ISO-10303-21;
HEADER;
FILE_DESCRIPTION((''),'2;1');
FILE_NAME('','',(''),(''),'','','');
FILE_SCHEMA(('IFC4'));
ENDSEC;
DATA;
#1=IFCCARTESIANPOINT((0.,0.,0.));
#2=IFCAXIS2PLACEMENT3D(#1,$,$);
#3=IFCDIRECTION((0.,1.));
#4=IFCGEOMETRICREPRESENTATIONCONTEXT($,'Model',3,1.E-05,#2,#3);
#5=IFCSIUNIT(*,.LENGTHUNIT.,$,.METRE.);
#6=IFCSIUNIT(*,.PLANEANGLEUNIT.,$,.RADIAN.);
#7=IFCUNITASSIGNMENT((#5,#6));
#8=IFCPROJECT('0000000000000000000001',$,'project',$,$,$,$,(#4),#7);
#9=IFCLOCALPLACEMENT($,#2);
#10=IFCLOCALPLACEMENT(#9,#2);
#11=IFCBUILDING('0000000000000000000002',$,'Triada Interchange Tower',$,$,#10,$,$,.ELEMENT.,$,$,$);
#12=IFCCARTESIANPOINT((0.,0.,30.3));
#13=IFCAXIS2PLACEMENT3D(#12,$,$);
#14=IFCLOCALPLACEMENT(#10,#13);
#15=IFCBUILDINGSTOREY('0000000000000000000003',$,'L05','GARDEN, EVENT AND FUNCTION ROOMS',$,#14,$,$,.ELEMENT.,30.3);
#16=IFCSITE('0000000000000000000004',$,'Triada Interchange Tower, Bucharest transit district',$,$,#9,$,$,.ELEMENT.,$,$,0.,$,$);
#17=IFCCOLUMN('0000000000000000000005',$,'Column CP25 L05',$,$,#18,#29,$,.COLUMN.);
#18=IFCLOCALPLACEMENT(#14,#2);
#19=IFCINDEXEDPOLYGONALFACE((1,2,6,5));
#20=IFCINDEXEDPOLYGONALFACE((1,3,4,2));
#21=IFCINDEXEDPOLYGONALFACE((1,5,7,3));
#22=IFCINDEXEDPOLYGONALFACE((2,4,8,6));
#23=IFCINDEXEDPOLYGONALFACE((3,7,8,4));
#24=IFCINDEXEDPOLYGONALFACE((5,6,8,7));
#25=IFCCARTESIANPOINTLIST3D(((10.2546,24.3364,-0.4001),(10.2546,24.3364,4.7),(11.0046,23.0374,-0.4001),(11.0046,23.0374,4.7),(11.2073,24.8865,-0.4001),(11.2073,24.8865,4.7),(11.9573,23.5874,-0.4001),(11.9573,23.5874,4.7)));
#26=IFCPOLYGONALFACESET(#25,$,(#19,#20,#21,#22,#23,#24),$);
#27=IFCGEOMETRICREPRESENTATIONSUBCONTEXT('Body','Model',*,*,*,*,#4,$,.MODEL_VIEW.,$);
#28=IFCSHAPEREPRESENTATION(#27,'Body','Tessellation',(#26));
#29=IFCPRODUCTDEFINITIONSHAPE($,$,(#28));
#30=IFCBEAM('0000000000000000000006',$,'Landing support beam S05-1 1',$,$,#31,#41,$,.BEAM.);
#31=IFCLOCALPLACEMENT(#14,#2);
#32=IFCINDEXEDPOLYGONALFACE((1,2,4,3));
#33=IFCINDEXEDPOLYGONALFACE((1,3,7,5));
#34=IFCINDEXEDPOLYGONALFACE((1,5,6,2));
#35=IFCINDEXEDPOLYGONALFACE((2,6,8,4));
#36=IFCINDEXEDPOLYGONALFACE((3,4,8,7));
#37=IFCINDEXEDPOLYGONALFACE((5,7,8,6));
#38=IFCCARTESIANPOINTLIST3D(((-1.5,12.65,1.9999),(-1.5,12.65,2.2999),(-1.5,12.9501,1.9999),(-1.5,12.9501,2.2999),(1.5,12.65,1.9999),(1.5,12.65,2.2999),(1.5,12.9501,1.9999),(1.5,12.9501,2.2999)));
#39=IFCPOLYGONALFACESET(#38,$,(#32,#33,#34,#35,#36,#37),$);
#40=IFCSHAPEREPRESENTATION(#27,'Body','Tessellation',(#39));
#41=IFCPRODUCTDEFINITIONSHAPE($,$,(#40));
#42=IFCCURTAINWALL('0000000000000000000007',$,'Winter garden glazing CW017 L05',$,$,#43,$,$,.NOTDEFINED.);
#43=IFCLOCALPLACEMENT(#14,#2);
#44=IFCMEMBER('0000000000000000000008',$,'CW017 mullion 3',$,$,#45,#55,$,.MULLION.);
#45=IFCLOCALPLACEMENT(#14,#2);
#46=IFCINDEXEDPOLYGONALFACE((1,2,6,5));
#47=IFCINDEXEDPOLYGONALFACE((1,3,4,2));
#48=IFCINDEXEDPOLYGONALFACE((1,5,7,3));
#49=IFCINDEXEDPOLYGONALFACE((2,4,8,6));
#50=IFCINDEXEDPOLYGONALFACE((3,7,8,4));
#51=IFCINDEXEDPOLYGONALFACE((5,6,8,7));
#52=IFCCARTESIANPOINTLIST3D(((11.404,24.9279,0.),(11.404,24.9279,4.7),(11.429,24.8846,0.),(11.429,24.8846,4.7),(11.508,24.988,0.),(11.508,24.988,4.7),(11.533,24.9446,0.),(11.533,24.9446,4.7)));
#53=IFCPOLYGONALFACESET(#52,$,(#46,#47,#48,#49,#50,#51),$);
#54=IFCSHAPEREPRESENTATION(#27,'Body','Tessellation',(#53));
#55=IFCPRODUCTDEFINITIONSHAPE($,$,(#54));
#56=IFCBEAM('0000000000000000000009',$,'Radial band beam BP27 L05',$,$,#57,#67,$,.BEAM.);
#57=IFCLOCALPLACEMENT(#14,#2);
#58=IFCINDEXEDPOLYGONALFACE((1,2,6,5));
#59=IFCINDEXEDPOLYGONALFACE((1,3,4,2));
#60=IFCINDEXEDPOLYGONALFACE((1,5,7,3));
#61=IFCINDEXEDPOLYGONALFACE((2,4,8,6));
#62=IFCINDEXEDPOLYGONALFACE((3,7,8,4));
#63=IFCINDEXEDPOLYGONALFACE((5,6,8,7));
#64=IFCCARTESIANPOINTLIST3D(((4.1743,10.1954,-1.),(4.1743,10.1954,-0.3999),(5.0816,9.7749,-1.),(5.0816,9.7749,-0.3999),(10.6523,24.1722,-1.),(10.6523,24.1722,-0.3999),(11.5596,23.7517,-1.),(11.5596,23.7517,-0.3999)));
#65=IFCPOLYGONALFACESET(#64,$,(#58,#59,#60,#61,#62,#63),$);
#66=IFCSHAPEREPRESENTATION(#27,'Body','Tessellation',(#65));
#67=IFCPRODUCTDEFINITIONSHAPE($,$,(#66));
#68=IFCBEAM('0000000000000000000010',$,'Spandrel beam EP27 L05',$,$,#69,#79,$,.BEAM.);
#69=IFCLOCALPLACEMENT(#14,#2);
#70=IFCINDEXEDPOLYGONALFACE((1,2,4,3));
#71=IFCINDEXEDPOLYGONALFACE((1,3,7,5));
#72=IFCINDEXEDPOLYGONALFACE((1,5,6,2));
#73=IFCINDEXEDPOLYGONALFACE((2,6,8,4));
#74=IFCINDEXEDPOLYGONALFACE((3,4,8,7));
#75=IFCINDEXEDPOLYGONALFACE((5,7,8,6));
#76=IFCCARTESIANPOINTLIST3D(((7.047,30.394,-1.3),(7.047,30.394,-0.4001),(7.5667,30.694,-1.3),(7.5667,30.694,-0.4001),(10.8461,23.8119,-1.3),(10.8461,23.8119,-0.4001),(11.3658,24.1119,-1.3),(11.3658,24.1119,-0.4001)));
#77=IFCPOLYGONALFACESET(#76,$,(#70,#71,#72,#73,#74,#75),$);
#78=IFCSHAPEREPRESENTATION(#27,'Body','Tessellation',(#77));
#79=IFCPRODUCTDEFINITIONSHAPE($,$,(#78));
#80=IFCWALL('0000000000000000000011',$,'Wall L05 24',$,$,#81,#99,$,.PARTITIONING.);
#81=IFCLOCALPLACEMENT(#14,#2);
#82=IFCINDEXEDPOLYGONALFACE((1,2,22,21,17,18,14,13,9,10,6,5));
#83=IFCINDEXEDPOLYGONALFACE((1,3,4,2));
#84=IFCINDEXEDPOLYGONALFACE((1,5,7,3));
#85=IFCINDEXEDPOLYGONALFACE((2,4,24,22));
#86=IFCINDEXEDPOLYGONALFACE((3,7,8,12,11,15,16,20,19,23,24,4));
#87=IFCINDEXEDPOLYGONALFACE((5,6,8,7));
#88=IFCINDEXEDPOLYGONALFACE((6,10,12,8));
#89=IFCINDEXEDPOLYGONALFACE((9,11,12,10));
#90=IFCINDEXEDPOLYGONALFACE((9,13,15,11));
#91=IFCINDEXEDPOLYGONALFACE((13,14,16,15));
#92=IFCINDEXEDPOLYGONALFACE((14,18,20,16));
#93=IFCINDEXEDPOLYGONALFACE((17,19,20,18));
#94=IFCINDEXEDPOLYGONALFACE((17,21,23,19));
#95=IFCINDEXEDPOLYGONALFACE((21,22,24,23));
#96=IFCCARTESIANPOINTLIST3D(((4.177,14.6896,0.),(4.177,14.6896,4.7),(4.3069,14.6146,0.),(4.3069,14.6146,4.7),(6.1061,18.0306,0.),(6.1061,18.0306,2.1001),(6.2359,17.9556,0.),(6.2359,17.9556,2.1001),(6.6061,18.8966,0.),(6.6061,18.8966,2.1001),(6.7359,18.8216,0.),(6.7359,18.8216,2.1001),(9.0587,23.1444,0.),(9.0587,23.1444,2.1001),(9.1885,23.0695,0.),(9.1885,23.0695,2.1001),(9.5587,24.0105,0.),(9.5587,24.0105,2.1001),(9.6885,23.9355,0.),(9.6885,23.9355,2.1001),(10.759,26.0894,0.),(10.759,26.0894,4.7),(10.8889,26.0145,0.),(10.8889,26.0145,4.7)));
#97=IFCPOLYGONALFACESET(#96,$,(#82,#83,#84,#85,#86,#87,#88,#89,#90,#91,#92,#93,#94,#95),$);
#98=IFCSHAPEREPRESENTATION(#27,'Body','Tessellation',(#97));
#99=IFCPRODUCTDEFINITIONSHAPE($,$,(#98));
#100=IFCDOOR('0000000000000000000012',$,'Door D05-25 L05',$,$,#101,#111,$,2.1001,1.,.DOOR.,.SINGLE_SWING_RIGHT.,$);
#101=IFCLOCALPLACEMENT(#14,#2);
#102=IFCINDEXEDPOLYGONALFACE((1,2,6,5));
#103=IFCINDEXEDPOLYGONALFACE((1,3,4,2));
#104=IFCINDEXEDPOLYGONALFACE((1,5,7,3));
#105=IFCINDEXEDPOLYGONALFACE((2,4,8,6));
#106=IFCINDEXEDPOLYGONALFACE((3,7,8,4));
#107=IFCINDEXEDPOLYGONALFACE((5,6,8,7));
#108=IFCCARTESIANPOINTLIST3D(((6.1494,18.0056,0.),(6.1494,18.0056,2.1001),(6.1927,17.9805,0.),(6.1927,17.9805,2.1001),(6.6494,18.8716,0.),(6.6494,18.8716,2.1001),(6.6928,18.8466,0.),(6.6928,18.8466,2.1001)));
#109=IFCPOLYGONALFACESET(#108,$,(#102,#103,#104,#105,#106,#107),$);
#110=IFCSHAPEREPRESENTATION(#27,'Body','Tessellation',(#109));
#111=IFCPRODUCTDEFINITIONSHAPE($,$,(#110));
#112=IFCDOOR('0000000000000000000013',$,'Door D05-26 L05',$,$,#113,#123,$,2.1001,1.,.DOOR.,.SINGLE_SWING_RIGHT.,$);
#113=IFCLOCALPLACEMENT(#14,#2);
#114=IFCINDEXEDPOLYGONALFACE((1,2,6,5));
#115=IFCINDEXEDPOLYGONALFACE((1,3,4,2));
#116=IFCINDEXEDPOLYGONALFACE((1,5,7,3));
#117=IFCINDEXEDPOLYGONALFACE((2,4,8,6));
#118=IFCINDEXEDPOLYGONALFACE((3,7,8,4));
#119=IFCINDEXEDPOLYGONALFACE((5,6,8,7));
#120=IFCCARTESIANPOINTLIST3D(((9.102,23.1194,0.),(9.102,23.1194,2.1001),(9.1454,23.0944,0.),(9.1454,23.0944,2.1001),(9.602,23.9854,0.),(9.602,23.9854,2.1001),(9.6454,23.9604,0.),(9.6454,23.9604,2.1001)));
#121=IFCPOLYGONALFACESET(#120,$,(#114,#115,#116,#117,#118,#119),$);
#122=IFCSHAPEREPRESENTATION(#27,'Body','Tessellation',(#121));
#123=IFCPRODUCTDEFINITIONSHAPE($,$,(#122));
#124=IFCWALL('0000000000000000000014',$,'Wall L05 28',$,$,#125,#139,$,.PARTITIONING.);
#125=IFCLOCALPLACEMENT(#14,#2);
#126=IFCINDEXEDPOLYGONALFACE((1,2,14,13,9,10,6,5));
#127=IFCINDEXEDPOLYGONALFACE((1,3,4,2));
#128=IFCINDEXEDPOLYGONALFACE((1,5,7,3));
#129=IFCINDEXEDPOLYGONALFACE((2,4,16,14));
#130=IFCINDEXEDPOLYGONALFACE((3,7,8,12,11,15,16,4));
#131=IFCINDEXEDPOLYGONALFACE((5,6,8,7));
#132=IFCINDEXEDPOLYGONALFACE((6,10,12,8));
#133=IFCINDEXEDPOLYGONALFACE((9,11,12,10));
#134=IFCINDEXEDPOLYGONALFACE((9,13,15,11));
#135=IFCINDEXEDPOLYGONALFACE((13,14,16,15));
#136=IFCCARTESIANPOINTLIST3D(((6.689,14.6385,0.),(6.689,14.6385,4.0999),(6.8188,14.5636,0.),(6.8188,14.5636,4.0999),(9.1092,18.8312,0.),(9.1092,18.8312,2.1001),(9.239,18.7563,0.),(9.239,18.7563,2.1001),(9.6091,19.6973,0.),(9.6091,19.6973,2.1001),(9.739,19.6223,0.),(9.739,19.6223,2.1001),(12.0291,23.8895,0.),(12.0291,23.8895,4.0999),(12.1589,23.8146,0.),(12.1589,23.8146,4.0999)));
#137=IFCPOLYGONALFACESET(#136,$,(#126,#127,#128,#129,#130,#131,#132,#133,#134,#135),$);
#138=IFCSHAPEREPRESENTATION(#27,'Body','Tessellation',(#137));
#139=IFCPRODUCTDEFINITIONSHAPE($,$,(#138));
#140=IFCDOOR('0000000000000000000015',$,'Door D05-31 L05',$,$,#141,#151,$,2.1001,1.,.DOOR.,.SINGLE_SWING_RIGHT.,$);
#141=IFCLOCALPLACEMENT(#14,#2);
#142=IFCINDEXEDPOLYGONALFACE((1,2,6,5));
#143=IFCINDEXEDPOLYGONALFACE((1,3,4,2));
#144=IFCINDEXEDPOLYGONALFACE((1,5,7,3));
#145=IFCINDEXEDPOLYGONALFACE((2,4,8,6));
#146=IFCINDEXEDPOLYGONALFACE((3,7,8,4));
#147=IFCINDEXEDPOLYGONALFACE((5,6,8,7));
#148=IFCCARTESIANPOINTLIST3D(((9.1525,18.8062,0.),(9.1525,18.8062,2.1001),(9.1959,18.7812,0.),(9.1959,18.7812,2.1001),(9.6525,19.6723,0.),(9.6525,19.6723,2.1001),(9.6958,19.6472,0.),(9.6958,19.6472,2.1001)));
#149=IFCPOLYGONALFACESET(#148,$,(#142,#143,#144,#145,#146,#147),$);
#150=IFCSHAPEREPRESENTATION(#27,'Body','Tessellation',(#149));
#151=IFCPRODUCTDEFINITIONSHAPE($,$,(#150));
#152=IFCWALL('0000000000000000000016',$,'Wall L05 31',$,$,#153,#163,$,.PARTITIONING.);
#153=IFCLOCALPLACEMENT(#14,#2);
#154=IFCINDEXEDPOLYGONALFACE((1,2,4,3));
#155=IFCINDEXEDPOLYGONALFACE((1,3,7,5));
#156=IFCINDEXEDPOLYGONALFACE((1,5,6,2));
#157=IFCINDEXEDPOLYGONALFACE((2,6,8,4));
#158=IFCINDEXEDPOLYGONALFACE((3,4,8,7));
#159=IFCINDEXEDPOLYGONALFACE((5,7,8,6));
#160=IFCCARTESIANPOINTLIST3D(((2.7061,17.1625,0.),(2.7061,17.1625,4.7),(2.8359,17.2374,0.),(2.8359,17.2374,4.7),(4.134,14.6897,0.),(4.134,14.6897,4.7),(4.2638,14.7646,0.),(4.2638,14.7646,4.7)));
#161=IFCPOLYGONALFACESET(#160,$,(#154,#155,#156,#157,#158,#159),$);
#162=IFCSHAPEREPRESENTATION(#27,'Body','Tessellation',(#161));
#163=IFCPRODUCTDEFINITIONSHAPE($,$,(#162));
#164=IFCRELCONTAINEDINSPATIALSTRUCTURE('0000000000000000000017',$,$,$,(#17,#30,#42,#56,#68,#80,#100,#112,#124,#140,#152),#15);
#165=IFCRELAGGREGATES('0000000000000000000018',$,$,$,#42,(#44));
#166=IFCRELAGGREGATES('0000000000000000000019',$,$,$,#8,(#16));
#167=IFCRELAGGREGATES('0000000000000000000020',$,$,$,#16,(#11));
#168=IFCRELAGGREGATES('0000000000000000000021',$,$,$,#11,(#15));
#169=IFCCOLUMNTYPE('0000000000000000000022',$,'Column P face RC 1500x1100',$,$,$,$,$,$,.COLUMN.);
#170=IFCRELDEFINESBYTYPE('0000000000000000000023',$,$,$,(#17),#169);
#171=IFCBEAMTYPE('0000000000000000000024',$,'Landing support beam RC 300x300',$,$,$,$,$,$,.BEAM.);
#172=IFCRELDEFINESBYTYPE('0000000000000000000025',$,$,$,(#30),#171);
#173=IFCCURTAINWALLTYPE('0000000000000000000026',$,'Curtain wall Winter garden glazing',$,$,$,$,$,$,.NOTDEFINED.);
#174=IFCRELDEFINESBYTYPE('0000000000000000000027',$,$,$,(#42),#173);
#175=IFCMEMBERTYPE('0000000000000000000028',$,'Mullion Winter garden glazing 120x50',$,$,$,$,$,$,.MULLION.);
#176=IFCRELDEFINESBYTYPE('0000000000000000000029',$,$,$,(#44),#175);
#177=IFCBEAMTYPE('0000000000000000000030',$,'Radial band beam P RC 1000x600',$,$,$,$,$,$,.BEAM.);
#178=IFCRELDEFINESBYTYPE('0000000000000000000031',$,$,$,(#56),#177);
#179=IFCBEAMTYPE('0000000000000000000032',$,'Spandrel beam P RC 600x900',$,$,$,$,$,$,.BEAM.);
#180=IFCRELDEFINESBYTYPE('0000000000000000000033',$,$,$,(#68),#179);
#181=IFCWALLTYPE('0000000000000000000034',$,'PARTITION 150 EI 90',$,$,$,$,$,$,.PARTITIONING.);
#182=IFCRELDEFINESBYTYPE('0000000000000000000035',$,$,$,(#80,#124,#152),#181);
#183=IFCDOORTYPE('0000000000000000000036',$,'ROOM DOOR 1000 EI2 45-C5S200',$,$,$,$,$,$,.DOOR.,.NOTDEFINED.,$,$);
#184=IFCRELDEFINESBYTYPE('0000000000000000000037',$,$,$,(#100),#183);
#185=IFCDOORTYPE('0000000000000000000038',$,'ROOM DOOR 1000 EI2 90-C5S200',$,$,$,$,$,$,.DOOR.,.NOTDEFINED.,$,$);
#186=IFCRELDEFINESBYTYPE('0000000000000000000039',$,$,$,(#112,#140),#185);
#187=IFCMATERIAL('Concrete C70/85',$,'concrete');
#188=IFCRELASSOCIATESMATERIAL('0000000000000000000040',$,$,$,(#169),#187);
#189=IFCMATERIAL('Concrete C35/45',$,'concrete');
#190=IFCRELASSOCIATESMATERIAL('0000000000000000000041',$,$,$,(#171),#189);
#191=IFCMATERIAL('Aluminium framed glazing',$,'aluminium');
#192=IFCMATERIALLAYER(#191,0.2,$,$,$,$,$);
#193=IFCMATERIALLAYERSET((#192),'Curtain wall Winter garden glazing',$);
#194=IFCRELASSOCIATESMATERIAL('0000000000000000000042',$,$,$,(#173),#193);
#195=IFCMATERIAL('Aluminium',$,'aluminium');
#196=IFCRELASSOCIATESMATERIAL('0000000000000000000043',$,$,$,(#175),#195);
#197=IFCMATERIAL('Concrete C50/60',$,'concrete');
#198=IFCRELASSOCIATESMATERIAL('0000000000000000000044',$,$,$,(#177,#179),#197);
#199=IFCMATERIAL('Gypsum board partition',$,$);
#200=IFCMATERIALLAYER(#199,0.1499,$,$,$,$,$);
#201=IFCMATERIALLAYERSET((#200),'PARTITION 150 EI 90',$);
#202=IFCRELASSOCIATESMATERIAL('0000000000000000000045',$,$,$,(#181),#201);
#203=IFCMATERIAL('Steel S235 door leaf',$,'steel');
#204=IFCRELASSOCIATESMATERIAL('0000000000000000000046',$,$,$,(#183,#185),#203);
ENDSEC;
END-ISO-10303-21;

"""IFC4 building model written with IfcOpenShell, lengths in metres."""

from ifc_helpers import new_model, si_unit, direction, frame, frame_2d, origin, origin_2d, place, context, subcontext, project, spatial, rectangle, extrude, material, layer, layer_set, material_profile, profile_set, type_object, element, fill, aggregate, save


model = new_model("IFC4")

# Units and contexts
model_context = context("Model", 3, precision=1e-05, world=origin(), true_north=direction((0.0, 1.0)))
body_context = subcontext(model_context, "Body", "Model", "MODEL_VIEW")
ifc_project = project(units=[si_unit("LENGTHUNIT", "METRE"), si_unit("PLANEANGLEUNIT", "RADIAN")], contexts=[model_context])

# Site, building, storey
site_placement = place(None, origin())
site = spatial("IfcSite", under=ifc_project, at=site_placement, Name="Triada Interchange Tower, Bucharest transit district", CompositionType="ELEMENT", RefElevation=0.0)
building_placement = place(site_placement, origin())
building = spatial("IfcBuilding", under=site, at=building_placement, Name="Triada Interchange Tower", CompositionType="ELEMENT")
storey_placement = place(building_placement, frame((0.0, 0.0, 30.3)))
storey = spatial("IfcBuildingStorey", under=building, at=storey_placement, Name="L05", Description="GARDEN, EVENT AND FUNCTION ROOMS", CompositionType="ELEMENT", Elevation=30.3)

# Column
ifc_material_1 = material(Name="Concrete C70/85", Category="concrete")
ifc_material_profile_1 = material_profile(ifc_material_1, rectangle(XDim=1.5, YDim=1.1001, at=origin_2d()), Name="RC 1500x1100")
ifc_profile_set_1 = profile_set([ifc_material_profile_1], Name="Concrete C70/85")
column_type = type_object("IfcColumnType", Name="Column P face RC 1500x1100", PredefinedType="COLUMN", material=ifc_profile_set_1)
column_placement = place(storey_placement, frame((11.106, 23.9619, -0.4001), z_axis=(0.0, 0.0, 1.0), x_axis=(-0.5, 0.866025, 0.0)))
element("IfcColumn", 1, at=column_placement, inside=storey, type_object=column_type, Name="Column CP25 L05", PredefinedType="COLUMN", context=body_context, shape_type="SweptSolid", body=[
    extrude(rectangle(XDim=1.5, YDim=1.1001, at=origin_2d()), origin(), (0.0, 0.0, 1.0), 5.1001),
])

# Beam
ifc_material_2 = material(Name="Concrete C35/45", Category="concrete")
ifc_material_profile_2 = material_profile(ifc_material_2, rectangle(XDim=0.3, YDim=0.3, at=origin_2d()), Name="RC 300x300")
ifc_profile_set_2 = profile_set([ifc_material_profile_2], Name="Concrete C35/45")
beam_type_1 = type_object("IfcBeamType", Name="Landing support beam RC 300x300", PredefinedType="BEAM", material=ifc_profile_set_2)
beam_1_placement = place(storey_placement, frame((1.5, 12.8, 2.1499), z_axis=(-1.0, 0.0, 0.0), x_axis=(0.0, -1.0, 0.0)))
element("IfcBeam", 2, at=beam_1_placement, inside=storey, type_object=beam_type_1, Name="Landing support beam S05-1 1", PredefinedType="BEAM", context=body_context, shape_type="SweptSolid", body=[
    extrude(rectangle(XDim=0.3, YDim=0.3, at=origin_2d()), origin(), (0.0, 0.0, 1.0), 3.0),
])

# Curtain wall, member
ifc_material_3 = material(Name="Aluminium framed glazing", Category="aluminium")
ifc_layer_1 = layer(ifc_material_3, 0.2)
ifc_layer_set_1 = layer_set([ifc_layer_1], Name="Curtain wall Winter garden glazing")
curtain_wall_type = type_object("IfcCurtainWallType", Name="Curtain wall Winter garden glazing", PredefinedType="NOTDEFINED", material=ifc_layer_set_1)
curtain_wall_placement = place(storey_placement, origin())
curtain_wall = element("IfcCurtainWall", 3, at=curtain_wall_placement, inside=storey, type_object=curtain_wall_type, Name="Winter garden glazing CW017 L05", PredefinedType="NOTDEFINED")
ifc_material_4 = material(Name="Aluminium", Category="aluminium")
ifc_material_profile_3 = material_profile(ifc_material_4, rectangle(XDim=0.1201, YDim=0.05, at=origin_2d()), Name="Aluminium mullion")
ifc_profile_set_3 = profile_set([ifc_material_profile_3], Name="Aluminium")
member_type = type_object("IfcMemberType", Name="Mullion Winter garden glazing 120x50", PredefinedType="MULLION", material=ifc_profile_set_3)
member_placement = place(storey_placement, frame((11.4685, 24.9363, 0.0), z_axis=(0.0, 0.0, 1.0), x_axis=(-0.866055, -0.499948, 0.0)))
member = element("IfcMember", 4, at=member_placement, type_object=member_type, Name="CW017 mullion 3", PredefinedType="MULLION", context=body_context, shape_type="SweptSolid", body=[
    extrude(rectangle(XDim=0.1201, YDim=0.05, at=origin_2d()), origin(), (0.0, 0.0, 1.0), 4.7),
])
aggregate(curtain_wall, [member])

# Beams
ifc_material_5 = material(Name="Concrete C50/60", Category="concrete")
ifc_material_profile_4 = material_profile(ifc_material_5, rectangle(XDim=1.0, YDim=0.6001, at=origin_2d()), Name="RC 1000x600")
ifc_profile_set_4 = profile_set([ifc_material_profile_4], Name="Concrete C50/60")
beam_type_2 = type_object("IfcBeamType", Name="Radial band beam P RC 1000x600", PredefinedType="BEAM", material=ifc_profile_set_4)
beam_2_placement = place(storey_placement, frame((11.106, 23.9619, -0.7), z_axis=(-0.420513, -0.907287, 0.0), x_axis=(0.907287, -0.420513, 0.0)))
element("IfcBeam", 5, at=beam_2_placement, inside=storey, type_object=beam_type_2, Name="Radial band beam BP27 L05", PredefinedType="BEAM", context=body_context, shape_type="SweptSolid", body=[
    extrude(rectangle(XDim=1.0, YDim=0.6001, at=origin_2d()), origin(), (0.0, 0.0, 1.0), 15.405),
])
ifc_material_profile_5 = material_profile(ifc_material_5, rectangle(XDim=0.6001, YDim=0.8999, at=origin_2d()), Name="RC 600x900")
ifc_profile_set_5 = profile_set([ifc_material_profile_5], Name="Concrete C50/60")
beam_type_3 = type_object("IfcBeamType", Name="Spandrel beam P RC 600x900", PredefinedType="BEAM", material=ifc_profile_set_5)
beam_3_placement = place(storey_placement, frame((11.106, 23.9619, -0.8501), z_axis=(-0.499895, 0.866086, 0.0), x_axis=(-0.866086, -0.499895, 0.0)))
element("IfcBeam", 6, at=beam_3_placement, inside=storey, type_object=beam_type_3, Name="Spandrel beam EP27 L05", PredefinedType="BEAM", context=body_context, shape_type="SweptSolid", body=[
    extrude(rectangle(XDim=0.6001, YDim=0.8999, at=origin_2d()), origin(), (0.0, 0.0, 1.0), 7.5999),
])

# Shared definitions
ifc_material_6 = material(Name="Steel S235 door leaf", Category="steel")

# Wall, openings, doors
ifc_material_7 = material(Name="Gypsum board partition")
ifc_layer_2 = layer(ifc_material_7, 0.1499)
ifc_layer_set_2 = layer_set([ifc_layer_2], Name="PARTITION 150 EI 90")
wall_type_1 = type_object("IfcWallType", Name="PARTITION 150 EI 90", PredefinedType="PARTITIONING", material=ifc_layer_set_2)
wall_1_placement = place(storey_placement, frame((4.2419, 14.6521, 0.0), z_axis=(0.0, 0.0, 1.0), x_axis=(0.500017, 0.866016, 0.0)))
wall_1 = element("IfcWall", 7, at=wall_1_placement, inside=storey, type_object=wall_type_1, Name="Wall L05 24", PredefinedType="PARTITIONING", context=body_context, shape_type="SweptSolid", body=[
    extrude(rectangle(XDim=13.1636, YDim=0.1499, at=frame_2d((6.5818, 0.0))), origin(), (0.0, 0.0, 1.0), 4.7),
])
opening_1_placement = place(wall_1_placement, frame((3.8579, 0.0, 0.0)))
opening_1 = element("IfcOpeningElement", 8, at=opening_1_placement, cuts=wall_1, PredefinedType="OPENING", context=body_context, shape_type="SweptSolid", body=[
    extrude(rectangle(XDim=1.0, YDim=2.1001, at=frame_2d((0.5, 1.05))), frame((0.0, 0.085, 0.0), z_axis=(0.0, -1.0, 0.0), x_axis=(1.0, 0.0, 0.0)), (0.0, 0.0, 1.0), 0.1699),
])
opening_2_placement = place(wall_1_placement, frame((9.7629, 0.0, 0.0)))
opening_2 = element("IfcOpeningElement", 9, at=opening_2_placement, cuts=wall_1, PredefinedType="OPENING", context=body_context, shape_type="SweptSolid", body=[
    extrude(rectangle(XDim=1.0, YDim=2.1001, at=frame_2d((0.5, 1.05))), frame((0.0, 0.085, 0.0), z_axis=(0.0, -1.0, 0.0), x_axis=(1.0, 0.0, 0.0)), (0.0, 0.0, 1.0), 0.1699),
])
door_type_1 = type_object("IfcDoorType", Name="ROOM DOOR 1000 EI2 45-C5S200", OperationType="NOTDEFINED", PredefinedType="DOOR", material=ifc_material_6)
door_1_placement = place(opening_1_placement, origin())
door_1 = element("IfcDoor", 10, at=door_1_placement, inside=storey, type_object=door_type_1, Name="Door D05-25 L05", OperationType="SINGLE_SWING_RIGHT", OverallHeight=2.1001, OverallWidth=1.0, PredefinedType="DOOR", context=body_context, shape_type="SweptSolid", body=[
    extrude(rectangle(XDim=1.0, YDim=2.1001, at=frame_2d((0.5, 1.05))), frame((0.0, 0.0249, 0.0), z_axis=(0.0, -1.0, 0.0), x_axis=(1.0, 0.0, 0.0)), (0.0, 0.0, 1.0), 0.05),
])
fill(opening_1, door_1)
door_type_2 = type_object("IfcDoorType", Name="ROOM DOOR 1000 EI2 90-C5S200", OperationType="NOTDEFINED", PredefinedType="DOOR", material=ifc_material_6)
door_2_placement = place(opening_2_placement, origin())
door_2 = element("IfcDoor", 11, at=door_2_placement, inside=storey, type_object=door_type_2, Name="Door D05-26 L05", OperationType="SINGLE_SWING_RIGHT", OverallHeight=2.1001, OverallWidth=1.0, PredefinedType="DOOR", context=body_context, shape_type="SweptSolid", body=[
    extrude(rectangle(XDim=1.0, YDim=2.1001, at=frame_2d((0.5, 1.05))), frame((0.0, 0.0249, 0.0), z_axis=(0.0, -1.0, 0.0), x_axis=(1.0, 0.0, 0.0)), (0.0, 0.0, 1.0), 0.05),
])
fill(opening_2, door_2)

# Wall, opening, door
wall_2_placement = place(storey_placement, frame((6.7539, 14.6011, 0.0), z_axis=(0.0, 0.0, 1.0), x_axis=(0.499932, 0.866065, 0.0)))
wall_2 = element("IfcWall", 12, at=wall_2_placement, inside=storey, type_object=wall_type_1, Name="Wall L05 28", PredefinedType="PARTITIONING", context=body_context, shape_type="SweptSolid", body=[
    extrude(rectangle(XDim=10.6816, YDim=0.1499, at=frame_2d((5.3408, 0.0))), origin(), (0.0, 0.0, 1.0), 4.0999),
])
opening_3_placement = place(wall_2_placement, frame((4.8411, 0.0, 0.0)))
opening_3 = element("IfcOpeningElement", 13, at=opening_3_placement, cuts=wall_2, PredefinedType="OPENING", context=body_context, shape_type="SweptSolid", body=[
    extrude(rectangle(XDim=1.0, YDim=2.1001, at=frame_2d((0.5, 1.05))), frame((0.0, 0.085, 0.0), z_axis=(0.0, -1.0, 0.0), x_axis=(1.0, 0.0, 0.0)), (0.0, 0.0, 1.0), 0.1699),
])
door_3_placement = place(opening_3_placement, origin())
door_3 = element("IfcDoor", 14, at=door_3_placement, inside=storey, type_object=door_type_2, Name="Door D05-31 L05", OperationType="SINGLE_SWING_RIGHT", OverallHeight=2.1001, OverallWidth=1.0, PredefinedType="DOOR", context=body_context, shape_type="SweptSolid", body=[
    extrude(rectangle(XDim=1.0, YDim=2.1001, at=frame_2d((0.5, 1.05))), frame((0.0, 0.0249, 0.0), z_axis=(0.0, -1.0, 0.0), x_axis=(1.0, 0.0, 0.0)), (0.0, 0.0, 1.0), 0.05),
])
fill(opening_3, door_3)

# Wall
wall_3_placement = place(storey_placement, frame((2.771, 17.2, 0.0), z_axis=(0.0, 0.0, 1.0), x_axis=(0.500065, -0.865988, 0.0)))
element("IfcWall", 15, at=wall_3_placement, inside=storey, type_object=wall_type_1, Name="Wall L05 31", PredefinedType="PARTITIONING", context=body_context, shape_type="SweptSolid", body=[
    extrude(rectangle(XDim=2.8555, YDim=0.1499, at=frame_2d((1.4277, 0.0))), origin(), (0.0, 0.0, 1.0), 4.7),
])

save(model, "model.ifc")
